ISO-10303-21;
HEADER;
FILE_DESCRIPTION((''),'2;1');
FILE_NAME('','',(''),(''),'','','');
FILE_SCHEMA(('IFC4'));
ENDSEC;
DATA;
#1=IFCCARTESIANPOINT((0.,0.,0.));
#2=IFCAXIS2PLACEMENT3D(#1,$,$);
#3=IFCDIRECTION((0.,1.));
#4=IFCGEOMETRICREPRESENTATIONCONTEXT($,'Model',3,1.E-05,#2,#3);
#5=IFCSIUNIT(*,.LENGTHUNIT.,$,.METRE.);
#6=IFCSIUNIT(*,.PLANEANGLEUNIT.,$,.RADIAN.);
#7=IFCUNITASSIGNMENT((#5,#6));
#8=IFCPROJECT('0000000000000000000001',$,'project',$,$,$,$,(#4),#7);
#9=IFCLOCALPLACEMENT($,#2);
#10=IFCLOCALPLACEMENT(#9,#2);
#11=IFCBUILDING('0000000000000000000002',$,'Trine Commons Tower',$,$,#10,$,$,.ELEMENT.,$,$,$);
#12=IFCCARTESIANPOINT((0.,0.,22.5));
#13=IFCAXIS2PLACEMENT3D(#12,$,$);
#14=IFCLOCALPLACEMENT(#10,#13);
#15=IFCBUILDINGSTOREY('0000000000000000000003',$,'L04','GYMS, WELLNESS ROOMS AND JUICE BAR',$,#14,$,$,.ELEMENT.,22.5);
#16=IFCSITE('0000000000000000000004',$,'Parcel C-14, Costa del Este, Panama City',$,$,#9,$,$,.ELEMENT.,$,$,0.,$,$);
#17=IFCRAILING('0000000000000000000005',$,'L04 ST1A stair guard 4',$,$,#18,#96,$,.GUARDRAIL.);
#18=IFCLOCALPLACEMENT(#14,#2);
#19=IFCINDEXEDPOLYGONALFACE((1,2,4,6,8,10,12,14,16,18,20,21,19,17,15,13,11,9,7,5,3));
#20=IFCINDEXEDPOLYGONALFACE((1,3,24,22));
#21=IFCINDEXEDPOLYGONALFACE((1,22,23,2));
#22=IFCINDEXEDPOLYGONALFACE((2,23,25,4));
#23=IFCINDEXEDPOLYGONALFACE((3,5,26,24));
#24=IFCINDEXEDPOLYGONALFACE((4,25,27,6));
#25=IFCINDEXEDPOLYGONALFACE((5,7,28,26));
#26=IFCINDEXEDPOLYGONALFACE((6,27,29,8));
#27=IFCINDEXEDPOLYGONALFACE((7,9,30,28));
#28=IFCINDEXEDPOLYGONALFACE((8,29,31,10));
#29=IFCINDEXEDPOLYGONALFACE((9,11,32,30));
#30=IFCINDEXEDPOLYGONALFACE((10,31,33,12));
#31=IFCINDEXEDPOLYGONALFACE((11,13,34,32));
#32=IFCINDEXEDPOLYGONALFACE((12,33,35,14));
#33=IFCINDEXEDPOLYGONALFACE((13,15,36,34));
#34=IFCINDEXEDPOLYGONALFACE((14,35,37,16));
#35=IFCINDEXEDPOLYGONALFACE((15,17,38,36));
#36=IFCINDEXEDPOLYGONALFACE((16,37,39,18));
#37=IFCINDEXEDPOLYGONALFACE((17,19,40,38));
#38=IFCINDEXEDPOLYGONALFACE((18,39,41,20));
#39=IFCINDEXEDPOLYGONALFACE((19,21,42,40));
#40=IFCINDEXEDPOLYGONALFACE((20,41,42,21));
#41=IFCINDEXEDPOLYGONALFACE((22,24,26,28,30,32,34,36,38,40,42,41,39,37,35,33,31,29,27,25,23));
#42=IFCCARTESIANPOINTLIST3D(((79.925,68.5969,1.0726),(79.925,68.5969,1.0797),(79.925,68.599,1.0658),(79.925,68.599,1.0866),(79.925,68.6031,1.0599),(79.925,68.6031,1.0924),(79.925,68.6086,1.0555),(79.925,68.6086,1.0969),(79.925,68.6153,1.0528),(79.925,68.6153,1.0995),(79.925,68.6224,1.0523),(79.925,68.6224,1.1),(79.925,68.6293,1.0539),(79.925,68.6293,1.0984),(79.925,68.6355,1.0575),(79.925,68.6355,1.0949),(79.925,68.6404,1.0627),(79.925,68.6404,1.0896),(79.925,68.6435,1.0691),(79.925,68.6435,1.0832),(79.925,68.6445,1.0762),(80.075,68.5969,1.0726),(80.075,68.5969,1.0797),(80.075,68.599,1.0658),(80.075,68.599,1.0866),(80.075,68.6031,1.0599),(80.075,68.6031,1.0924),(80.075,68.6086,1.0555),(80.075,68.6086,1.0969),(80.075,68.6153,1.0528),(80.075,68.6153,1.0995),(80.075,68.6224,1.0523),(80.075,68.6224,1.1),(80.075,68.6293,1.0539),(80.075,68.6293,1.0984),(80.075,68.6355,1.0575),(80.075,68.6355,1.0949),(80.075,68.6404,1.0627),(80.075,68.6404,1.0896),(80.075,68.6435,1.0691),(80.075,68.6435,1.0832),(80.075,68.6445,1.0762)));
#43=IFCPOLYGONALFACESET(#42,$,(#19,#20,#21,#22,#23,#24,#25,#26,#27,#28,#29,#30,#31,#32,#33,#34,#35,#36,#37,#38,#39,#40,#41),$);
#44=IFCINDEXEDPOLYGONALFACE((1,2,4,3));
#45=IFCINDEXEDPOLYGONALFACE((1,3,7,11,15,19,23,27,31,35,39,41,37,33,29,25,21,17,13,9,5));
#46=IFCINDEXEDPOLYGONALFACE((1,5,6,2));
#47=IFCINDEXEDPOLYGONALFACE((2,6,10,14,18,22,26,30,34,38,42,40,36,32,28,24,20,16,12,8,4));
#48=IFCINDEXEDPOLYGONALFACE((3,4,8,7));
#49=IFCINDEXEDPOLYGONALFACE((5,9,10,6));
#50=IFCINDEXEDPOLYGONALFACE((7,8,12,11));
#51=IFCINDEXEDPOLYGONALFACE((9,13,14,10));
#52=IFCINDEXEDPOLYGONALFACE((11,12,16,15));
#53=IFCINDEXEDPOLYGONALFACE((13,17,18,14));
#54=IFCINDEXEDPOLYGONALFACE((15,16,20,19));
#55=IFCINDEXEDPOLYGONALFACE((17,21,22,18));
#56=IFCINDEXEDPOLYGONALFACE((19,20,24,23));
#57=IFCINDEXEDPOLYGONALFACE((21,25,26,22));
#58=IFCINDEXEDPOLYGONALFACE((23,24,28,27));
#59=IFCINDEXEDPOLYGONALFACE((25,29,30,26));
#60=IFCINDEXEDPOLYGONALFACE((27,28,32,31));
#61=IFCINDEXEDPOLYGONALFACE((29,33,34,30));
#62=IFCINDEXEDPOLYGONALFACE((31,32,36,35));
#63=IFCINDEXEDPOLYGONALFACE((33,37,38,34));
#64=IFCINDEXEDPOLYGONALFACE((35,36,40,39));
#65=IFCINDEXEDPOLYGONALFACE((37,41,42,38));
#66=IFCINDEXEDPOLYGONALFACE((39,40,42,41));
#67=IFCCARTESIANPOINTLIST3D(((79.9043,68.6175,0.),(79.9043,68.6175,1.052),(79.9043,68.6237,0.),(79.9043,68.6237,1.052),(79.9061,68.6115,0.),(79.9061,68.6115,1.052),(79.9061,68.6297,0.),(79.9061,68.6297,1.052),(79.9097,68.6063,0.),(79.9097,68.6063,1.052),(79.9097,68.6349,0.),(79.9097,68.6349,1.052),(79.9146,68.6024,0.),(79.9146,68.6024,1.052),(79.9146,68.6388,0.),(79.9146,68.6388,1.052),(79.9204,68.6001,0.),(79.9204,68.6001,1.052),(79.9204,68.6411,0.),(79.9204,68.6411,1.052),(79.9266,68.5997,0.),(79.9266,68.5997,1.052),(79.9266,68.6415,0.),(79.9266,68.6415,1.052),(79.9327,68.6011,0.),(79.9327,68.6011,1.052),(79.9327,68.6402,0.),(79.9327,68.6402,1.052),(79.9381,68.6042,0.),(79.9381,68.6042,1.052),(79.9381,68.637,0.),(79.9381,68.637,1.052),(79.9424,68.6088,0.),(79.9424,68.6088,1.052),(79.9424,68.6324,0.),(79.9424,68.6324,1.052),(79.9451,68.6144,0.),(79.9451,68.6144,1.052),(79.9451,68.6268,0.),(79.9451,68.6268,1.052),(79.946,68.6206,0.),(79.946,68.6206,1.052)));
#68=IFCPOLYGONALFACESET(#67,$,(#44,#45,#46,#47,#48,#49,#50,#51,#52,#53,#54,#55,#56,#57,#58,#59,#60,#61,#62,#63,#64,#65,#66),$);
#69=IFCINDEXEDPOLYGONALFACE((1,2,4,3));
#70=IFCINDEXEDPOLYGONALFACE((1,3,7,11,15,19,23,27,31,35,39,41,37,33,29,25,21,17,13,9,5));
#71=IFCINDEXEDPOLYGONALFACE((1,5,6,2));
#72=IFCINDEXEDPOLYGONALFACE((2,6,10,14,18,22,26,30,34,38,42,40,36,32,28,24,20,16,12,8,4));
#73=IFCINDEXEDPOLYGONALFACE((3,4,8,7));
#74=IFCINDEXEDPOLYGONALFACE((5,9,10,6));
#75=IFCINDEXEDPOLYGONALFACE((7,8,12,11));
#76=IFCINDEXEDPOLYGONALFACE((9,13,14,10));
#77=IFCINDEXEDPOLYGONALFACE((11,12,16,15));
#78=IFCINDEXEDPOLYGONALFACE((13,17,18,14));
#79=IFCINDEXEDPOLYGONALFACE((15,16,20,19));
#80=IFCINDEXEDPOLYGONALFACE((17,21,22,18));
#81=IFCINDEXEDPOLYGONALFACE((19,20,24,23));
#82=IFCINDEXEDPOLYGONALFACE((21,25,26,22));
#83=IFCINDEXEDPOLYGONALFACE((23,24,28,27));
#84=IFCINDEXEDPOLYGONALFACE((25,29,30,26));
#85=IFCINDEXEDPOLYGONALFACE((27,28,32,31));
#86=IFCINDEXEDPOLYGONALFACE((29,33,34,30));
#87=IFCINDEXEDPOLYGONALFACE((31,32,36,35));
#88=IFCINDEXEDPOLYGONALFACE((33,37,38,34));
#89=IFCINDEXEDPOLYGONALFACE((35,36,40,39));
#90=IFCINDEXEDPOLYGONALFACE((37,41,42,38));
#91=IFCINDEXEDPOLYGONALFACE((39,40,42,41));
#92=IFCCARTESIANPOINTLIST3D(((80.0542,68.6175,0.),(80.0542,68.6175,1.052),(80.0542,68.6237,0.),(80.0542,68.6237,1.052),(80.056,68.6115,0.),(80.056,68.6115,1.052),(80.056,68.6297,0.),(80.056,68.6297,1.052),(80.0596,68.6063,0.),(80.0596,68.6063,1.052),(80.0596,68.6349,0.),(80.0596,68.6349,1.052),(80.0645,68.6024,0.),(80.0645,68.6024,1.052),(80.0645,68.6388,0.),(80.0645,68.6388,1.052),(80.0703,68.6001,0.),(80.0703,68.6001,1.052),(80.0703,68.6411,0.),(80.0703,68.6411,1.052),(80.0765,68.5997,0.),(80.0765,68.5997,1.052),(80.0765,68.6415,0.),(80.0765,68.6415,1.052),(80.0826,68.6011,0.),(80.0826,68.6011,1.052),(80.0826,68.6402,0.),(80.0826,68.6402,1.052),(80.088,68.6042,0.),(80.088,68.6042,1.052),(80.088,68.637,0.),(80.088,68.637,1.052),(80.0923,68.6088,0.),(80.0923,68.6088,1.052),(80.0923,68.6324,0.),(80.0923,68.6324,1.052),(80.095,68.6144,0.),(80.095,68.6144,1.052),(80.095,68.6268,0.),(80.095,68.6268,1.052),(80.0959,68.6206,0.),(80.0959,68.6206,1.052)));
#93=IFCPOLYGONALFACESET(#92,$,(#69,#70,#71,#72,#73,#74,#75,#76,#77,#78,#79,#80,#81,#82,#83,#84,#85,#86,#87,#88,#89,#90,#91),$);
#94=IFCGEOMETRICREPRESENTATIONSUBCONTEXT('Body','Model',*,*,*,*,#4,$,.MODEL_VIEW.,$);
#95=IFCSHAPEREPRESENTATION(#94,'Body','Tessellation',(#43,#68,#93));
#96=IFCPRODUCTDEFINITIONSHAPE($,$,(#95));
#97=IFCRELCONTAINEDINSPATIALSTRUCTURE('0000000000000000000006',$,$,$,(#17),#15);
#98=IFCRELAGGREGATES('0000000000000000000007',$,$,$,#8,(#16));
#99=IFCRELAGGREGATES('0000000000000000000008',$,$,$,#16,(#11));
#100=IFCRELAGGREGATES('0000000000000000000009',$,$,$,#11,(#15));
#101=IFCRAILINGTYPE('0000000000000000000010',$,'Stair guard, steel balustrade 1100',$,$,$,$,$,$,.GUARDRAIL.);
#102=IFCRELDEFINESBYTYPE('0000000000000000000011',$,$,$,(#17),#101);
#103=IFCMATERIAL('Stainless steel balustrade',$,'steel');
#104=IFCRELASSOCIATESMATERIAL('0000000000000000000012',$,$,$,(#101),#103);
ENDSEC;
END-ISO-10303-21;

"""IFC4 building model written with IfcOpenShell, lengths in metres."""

from ifc_helpers import new_model, si_unit, direction, frame, origin, origin_2d, place, context, subcontext, project, spatial, circle, extrude, material, type_object, element, save


model = new_model("IFC4")

# Units and contexts
model_context = context("Model", 3, precision=1e-05, world=origin(), true_north=direction((0.0, 1.0)))
body_context = subcontext(model_context, "Body", "Model", "MODEL_VIEW")
ifc_project = project(units=[si_unit("LENGTHUNIT", "METRE"), si_unit("PLANEANGLEUNIT", "RADIAN")], contexts=[model_context])

# Site, building, storey
site_placement = place(None, origin())
site = spatial("IfcSite", under=ifc_project, at=site_placement, Name="Parcel C-14, Costa del Este, Panama City", CompositionType="ELEMENT", RefElevation=0.0)
building_placement = place(site_placement, origin())
building = spatial("IfcBuilding", under=site, at=building_placement, Name="Trine Commons Tower", CompositionType="ELEMENT")
storey_placement = place(building_placement, frame((0.0, 0.0, 22.5)))
storey = spatial("IfcBuildingStorey", under=building, at=storey_placement, Name="L04", Description="GYMS, WELLNESS ROOMS AND JUICE BAR", CompositionType="ELEMENT", Elevation=22.5)

# Railing
ifc_material_1 = material(Name="Stainless steel balustrade", Category="steel")
railing_type_1 = type_object("IfcRailingType", Name="Stair guard, steel balustrade 1100", PredefinedType="GUARDRAIL", material=ifc_material_1)
railing_1_placement = place(storey_placement, frame((79.925, 68.6206, 0.0)))
element("IfcRailing", 1, at=railing_1_placement, inside=storey, type_object=railing_type_1, Name="L04 ST1A stair guard 4", PredefinedType="GUARDRAIL", context=body_context, shape_type="SweptSolid", body=[
    extrude(circle(Radius=0.0239, at=origin_2d()), frame((0.0, 0.0, 1.0762), z_axis=(1.0, 0.0, 0.0), x_axis=(0.0, 1.0, 0.0)), (0.0, 0.0, 1.0), 0.1499),
    extrude(circle(Radius=0.021, at=origin_2d()), origin(), (0.0, 0.0, 1.0), 1.052),
    extrude(circle(Radius=0.021, at=origin_2d()), frame((0.1499, 0.0, 0.0)), (0.0, 0.0, 1.0), 1.052),
])

save(model, "model.ifc")
